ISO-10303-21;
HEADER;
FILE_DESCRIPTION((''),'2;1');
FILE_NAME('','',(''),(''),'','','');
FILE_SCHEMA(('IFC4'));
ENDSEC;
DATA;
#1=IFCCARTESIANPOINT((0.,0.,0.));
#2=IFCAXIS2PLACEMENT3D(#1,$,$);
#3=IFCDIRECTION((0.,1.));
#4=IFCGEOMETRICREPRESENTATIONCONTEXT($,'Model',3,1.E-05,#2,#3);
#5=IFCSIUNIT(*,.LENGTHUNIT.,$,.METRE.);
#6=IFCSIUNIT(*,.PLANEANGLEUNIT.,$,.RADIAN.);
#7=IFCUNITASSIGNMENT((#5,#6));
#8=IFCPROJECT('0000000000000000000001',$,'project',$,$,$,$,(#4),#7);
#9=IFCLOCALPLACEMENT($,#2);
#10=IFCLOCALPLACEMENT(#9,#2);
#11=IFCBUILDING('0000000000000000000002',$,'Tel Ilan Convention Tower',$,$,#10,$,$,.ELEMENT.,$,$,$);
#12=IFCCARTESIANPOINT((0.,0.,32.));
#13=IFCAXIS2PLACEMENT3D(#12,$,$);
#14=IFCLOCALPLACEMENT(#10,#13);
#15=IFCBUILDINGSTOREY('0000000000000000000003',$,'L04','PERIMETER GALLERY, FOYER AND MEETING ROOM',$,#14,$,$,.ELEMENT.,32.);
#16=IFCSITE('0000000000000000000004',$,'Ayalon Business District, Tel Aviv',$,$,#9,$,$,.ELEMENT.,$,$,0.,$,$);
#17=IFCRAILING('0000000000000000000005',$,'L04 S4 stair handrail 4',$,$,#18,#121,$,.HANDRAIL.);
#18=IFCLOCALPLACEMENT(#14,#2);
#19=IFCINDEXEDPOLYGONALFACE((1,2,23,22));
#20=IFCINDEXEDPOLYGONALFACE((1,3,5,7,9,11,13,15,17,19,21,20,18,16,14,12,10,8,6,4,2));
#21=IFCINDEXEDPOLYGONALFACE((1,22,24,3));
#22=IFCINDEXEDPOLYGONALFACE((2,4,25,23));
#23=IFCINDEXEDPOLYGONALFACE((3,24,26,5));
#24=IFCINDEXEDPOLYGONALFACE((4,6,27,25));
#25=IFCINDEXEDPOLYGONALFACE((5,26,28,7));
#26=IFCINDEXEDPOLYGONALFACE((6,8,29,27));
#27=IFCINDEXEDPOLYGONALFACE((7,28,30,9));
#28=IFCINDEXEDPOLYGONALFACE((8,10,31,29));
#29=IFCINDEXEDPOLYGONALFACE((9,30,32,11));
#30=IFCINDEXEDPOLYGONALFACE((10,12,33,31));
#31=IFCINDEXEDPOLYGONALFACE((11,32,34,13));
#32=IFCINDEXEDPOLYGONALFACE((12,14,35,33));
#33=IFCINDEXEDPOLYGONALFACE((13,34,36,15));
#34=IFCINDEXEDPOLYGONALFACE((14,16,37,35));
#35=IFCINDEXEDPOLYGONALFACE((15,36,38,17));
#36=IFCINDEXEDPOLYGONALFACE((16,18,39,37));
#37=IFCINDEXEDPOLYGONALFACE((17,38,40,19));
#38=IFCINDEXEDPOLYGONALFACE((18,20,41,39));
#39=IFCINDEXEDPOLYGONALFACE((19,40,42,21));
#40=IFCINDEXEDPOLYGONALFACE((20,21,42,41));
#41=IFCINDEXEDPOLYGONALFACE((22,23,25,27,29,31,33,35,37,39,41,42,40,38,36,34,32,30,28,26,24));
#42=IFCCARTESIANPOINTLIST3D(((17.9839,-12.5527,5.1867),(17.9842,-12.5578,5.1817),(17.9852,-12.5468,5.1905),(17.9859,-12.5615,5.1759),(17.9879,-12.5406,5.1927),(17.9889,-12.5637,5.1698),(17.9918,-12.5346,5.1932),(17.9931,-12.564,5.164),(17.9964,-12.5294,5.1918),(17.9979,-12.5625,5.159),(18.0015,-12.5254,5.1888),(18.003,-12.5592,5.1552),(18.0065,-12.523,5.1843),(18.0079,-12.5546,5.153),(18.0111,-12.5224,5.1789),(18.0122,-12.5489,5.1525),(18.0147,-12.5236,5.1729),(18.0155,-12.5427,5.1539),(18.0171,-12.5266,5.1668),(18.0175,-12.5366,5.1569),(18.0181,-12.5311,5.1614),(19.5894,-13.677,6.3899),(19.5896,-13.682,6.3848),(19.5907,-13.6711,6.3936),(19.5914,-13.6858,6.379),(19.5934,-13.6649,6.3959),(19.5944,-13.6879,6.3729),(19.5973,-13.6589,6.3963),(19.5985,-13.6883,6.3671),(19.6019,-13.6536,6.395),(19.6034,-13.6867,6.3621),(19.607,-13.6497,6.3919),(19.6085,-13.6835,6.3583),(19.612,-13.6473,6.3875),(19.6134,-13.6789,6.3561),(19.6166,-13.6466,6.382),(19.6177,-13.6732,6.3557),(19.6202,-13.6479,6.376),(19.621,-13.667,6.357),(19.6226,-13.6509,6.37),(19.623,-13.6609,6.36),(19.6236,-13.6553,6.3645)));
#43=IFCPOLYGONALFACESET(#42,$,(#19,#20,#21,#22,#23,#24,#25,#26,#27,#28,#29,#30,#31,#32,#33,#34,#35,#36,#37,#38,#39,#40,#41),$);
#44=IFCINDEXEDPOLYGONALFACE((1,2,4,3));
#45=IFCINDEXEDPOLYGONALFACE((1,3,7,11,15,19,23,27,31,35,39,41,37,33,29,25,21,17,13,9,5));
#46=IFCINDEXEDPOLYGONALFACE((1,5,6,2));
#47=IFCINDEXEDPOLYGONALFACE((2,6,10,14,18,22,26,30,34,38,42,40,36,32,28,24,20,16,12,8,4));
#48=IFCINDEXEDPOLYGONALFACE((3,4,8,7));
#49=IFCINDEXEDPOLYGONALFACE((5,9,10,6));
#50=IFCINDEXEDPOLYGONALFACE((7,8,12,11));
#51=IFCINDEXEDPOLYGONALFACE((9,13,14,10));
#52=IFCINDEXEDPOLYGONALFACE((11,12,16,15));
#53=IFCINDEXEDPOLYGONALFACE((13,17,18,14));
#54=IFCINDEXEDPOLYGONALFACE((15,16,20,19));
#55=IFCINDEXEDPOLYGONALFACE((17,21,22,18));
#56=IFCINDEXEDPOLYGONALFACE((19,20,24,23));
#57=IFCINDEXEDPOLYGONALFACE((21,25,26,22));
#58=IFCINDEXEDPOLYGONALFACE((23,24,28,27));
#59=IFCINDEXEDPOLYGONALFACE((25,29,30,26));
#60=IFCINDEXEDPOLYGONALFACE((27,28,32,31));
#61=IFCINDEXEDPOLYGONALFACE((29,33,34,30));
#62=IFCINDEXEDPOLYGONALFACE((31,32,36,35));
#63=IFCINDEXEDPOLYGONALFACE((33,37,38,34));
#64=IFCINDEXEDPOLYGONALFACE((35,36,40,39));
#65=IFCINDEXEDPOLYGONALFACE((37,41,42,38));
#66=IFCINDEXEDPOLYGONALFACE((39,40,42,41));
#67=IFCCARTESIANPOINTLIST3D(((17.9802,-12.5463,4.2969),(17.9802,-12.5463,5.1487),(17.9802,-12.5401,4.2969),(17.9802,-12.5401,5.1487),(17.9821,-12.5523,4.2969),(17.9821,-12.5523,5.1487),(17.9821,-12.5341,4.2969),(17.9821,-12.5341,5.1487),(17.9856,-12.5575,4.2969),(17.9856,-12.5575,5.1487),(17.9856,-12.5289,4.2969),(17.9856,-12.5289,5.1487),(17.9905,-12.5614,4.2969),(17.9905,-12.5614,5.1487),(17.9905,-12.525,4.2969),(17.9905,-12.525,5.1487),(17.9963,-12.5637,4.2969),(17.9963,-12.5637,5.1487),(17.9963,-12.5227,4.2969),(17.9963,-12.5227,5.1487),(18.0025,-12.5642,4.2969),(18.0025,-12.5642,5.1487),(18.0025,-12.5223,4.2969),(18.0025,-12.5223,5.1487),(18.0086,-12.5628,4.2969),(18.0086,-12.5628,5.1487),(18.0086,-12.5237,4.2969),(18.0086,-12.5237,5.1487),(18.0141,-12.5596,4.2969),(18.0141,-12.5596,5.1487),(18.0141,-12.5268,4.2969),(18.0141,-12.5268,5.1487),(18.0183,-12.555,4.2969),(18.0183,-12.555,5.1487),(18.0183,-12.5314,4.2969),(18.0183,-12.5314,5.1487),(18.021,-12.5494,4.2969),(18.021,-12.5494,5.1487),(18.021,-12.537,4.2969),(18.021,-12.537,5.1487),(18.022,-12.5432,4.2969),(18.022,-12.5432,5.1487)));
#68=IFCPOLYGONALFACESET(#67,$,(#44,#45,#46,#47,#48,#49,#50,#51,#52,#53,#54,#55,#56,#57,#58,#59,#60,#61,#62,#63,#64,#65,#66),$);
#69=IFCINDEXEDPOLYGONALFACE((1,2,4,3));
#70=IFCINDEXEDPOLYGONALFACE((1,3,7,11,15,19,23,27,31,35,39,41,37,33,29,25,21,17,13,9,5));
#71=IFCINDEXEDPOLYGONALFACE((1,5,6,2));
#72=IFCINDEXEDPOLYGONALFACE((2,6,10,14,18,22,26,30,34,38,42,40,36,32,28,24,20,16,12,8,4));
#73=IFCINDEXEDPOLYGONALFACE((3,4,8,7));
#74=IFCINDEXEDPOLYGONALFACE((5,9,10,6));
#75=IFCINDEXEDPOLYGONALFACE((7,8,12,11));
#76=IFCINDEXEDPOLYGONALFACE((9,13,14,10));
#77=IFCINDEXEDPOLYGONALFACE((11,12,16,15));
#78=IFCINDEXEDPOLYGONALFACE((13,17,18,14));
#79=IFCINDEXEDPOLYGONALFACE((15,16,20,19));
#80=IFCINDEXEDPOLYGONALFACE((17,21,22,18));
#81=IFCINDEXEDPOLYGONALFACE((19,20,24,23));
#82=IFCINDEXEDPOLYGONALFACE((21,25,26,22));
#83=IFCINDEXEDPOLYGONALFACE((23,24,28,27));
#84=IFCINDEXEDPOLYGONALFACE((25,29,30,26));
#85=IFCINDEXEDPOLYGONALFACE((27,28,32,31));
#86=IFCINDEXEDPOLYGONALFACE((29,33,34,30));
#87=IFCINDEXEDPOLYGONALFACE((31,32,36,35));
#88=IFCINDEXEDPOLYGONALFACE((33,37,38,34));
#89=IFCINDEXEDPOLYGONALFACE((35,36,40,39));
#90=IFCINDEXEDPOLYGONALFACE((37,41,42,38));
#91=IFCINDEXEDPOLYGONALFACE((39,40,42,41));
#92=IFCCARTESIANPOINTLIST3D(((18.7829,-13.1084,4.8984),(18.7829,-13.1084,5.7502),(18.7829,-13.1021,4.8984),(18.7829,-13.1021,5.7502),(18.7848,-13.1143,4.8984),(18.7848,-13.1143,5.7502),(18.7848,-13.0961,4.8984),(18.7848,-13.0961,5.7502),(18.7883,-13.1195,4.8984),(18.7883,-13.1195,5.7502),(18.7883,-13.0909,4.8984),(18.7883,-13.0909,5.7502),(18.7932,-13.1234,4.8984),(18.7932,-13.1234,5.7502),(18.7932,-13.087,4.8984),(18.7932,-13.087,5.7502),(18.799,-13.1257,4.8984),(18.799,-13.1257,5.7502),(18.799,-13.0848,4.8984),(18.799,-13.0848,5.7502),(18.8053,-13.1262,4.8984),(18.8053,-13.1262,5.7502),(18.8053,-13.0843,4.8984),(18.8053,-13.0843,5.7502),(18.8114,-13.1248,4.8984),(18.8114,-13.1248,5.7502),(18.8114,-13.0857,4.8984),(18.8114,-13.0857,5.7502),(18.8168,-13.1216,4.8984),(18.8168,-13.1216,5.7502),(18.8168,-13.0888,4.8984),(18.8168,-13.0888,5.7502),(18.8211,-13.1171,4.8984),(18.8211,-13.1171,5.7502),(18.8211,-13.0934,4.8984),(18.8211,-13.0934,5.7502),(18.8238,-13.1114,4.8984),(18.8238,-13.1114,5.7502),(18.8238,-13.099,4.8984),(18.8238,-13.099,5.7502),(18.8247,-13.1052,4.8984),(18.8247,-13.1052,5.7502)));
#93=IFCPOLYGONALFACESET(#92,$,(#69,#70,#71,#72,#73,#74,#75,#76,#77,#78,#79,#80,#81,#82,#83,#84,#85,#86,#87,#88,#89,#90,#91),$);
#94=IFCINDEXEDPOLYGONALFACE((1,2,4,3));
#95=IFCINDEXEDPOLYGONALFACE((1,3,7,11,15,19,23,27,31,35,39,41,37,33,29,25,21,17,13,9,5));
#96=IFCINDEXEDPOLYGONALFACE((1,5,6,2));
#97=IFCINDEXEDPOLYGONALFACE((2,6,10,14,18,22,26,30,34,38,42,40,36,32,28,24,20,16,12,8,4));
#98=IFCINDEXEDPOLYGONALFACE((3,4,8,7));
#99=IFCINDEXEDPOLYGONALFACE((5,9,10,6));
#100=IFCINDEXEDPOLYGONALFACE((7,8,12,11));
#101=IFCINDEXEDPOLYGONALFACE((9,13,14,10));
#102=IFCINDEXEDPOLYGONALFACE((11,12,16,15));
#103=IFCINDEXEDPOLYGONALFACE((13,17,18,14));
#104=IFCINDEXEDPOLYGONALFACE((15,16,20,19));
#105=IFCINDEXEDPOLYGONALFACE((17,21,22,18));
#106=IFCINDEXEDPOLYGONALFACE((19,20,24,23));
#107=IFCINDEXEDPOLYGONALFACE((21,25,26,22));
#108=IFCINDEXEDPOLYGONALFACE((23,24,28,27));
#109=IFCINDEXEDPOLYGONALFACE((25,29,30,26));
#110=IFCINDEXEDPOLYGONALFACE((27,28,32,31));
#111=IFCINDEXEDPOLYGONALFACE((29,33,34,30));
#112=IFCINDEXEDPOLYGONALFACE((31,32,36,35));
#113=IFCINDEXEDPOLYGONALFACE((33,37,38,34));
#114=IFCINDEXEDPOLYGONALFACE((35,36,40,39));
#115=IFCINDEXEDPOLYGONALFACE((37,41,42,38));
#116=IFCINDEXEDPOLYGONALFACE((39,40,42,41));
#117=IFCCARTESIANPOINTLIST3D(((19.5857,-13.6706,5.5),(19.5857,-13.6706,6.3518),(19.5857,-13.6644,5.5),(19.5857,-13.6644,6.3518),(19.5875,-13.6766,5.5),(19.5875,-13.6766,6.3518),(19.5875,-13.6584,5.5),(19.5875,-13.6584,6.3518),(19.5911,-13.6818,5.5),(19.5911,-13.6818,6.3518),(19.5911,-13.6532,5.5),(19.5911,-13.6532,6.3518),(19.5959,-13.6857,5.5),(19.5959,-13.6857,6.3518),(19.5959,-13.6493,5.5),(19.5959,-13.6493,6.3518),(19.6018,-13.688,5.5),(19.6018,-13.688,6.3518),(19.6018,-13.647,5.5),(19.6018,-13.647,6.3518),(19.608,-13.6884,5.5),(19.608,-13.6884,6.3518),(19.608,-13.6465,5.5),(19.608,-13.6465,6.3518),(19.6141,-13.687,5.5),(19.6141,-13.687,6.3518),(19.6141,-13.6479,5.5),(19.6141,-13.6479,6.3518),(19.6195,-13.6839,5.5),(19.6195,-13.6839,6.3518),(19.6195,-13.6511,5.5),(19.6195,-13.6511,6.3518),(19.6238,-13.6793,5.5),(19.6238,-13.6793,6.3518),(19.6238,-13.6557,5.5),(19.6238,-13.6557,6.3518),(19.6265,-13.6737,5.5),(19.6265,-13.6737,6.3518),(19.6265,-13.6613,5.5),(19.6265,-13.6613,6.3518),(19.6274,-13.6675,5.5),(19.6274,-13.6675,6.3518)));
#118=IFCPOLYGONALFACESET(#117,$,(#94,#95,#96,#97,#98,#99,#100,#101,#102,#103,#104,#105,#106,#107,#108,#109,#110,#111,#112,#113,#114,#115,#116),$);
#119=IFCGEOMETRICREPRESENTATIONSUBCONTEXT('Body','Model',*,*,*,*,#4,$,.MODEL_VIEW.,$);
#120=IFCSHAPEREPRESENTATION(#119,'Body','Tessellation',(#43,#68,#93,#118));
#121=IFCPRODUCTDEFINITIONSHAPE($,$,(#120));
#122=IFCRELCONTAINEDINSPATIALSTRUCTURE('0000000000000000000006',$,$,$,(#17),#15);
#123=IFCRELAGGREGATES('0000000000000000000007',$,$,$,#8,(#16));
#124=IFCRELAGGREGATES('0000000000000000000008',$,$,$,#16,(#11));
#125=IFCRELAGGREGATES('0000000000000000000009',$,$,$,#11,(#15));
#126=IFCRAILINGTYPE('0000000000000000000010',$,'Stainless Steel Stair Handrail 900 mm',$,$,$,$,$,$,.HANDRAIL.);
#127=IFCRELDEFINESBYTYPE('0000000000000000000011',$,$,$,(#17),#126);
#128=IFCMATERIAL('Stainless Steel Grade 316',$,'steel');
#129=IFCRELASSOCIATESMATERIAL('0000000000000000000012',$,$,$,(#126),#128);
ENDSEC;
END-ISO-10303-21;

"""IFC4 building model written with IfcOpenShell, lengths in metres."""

from ifc_helpers import new_model, si_unit, direction, frame, origin, origin_2d, place, context, subcontext, project, spatial, circle, extrude, material, type_object, element, save


model = new_model("IFC4")

# Units and contexts
model_context = context("Model", 3, precision=1e-05, world=origin(), true_north=direction((0.0, 1.0)))
body_context = subcontext(model_context, "Body", "Model", "MODEL_VIEW")
ifc_project = project(units=[si_unit("LENGTHUNIT", "METRE"), si_unit("PLANEANGLEUNIT", "RADIAN")], contexts=[model_context])

# Site, building, storey
site_placement = place(None, origin())
site = spatial("IfcSite", under=ifc_project, at=site_placement, Name="Ayalon Business District, Tel Aviv", CompositionType="ELEMENT", RefElevation=0.0)
building_placement = place(site_placement, origin())
building = spatial("IfcBuilding", under=site, at=building_placement, Name="Tel Ilan Convention Tower", CompositionType="ELEMENT")
storey_placement = place(building_placement, frame((0.0, 0.0, 32.0)))
storey = spatial("IfcBuildingStorey", under=building, at=storey_placement, Name="L04", Description="PERIMETER GALLERY, FOYER AND MEETING ROOM", CompositionType="ELEMENT", Elevation=32.0)

# Railing
ifc_material_1 = material(Name="Stainless Steel Grade 316", Category="steel")
railing_type_1 = type_object("IfcRailingType", Name="Stainless Steel Stair Handrail 900 mm", PredefinedType="HANDRAIL", material=ifc_material_1)
for number, where, name in (
    (1, (18.001, -12.5432, 4.2969), "L04 S4 stair handrail 4"),
):
    element("IfcRailing", number, at=place(storey_placement, frame(where)), inside=storey, type_object=railing_type_1, Name=name, PredefinedType="HANDRAIL", context=body_context, shape_type="SweptSolid", body=[
        extrude(circle(Radius=0.0239, at=origin_2d()), frame((0.0, 0.0, 0.876), z_axis=(0.698095, -0.488857, 0.523146), x_axis=(0.573613, 0.819127, 0.0)), (0.0, 0.0, 1.0), 2.2998),
        extrude(circle(Radius=0.021, at=origin_2d()), origin(), (0.0, 0.0, 1.0), 0.8518),
        extrude(circle(Radius=0.021, at=origin_2d()), frame((0.8027, -0.562, 0.6016)), (0.0, 0.0, 1.0), 0.8518),
        extrude(circle(Radius=0.021, at=origin_2d()), frame((1.6055, -1.1243, 1.2031)), (0.0, 0.0, 1.0), 0.8518),
    ])

save(model, "model.ifc")
